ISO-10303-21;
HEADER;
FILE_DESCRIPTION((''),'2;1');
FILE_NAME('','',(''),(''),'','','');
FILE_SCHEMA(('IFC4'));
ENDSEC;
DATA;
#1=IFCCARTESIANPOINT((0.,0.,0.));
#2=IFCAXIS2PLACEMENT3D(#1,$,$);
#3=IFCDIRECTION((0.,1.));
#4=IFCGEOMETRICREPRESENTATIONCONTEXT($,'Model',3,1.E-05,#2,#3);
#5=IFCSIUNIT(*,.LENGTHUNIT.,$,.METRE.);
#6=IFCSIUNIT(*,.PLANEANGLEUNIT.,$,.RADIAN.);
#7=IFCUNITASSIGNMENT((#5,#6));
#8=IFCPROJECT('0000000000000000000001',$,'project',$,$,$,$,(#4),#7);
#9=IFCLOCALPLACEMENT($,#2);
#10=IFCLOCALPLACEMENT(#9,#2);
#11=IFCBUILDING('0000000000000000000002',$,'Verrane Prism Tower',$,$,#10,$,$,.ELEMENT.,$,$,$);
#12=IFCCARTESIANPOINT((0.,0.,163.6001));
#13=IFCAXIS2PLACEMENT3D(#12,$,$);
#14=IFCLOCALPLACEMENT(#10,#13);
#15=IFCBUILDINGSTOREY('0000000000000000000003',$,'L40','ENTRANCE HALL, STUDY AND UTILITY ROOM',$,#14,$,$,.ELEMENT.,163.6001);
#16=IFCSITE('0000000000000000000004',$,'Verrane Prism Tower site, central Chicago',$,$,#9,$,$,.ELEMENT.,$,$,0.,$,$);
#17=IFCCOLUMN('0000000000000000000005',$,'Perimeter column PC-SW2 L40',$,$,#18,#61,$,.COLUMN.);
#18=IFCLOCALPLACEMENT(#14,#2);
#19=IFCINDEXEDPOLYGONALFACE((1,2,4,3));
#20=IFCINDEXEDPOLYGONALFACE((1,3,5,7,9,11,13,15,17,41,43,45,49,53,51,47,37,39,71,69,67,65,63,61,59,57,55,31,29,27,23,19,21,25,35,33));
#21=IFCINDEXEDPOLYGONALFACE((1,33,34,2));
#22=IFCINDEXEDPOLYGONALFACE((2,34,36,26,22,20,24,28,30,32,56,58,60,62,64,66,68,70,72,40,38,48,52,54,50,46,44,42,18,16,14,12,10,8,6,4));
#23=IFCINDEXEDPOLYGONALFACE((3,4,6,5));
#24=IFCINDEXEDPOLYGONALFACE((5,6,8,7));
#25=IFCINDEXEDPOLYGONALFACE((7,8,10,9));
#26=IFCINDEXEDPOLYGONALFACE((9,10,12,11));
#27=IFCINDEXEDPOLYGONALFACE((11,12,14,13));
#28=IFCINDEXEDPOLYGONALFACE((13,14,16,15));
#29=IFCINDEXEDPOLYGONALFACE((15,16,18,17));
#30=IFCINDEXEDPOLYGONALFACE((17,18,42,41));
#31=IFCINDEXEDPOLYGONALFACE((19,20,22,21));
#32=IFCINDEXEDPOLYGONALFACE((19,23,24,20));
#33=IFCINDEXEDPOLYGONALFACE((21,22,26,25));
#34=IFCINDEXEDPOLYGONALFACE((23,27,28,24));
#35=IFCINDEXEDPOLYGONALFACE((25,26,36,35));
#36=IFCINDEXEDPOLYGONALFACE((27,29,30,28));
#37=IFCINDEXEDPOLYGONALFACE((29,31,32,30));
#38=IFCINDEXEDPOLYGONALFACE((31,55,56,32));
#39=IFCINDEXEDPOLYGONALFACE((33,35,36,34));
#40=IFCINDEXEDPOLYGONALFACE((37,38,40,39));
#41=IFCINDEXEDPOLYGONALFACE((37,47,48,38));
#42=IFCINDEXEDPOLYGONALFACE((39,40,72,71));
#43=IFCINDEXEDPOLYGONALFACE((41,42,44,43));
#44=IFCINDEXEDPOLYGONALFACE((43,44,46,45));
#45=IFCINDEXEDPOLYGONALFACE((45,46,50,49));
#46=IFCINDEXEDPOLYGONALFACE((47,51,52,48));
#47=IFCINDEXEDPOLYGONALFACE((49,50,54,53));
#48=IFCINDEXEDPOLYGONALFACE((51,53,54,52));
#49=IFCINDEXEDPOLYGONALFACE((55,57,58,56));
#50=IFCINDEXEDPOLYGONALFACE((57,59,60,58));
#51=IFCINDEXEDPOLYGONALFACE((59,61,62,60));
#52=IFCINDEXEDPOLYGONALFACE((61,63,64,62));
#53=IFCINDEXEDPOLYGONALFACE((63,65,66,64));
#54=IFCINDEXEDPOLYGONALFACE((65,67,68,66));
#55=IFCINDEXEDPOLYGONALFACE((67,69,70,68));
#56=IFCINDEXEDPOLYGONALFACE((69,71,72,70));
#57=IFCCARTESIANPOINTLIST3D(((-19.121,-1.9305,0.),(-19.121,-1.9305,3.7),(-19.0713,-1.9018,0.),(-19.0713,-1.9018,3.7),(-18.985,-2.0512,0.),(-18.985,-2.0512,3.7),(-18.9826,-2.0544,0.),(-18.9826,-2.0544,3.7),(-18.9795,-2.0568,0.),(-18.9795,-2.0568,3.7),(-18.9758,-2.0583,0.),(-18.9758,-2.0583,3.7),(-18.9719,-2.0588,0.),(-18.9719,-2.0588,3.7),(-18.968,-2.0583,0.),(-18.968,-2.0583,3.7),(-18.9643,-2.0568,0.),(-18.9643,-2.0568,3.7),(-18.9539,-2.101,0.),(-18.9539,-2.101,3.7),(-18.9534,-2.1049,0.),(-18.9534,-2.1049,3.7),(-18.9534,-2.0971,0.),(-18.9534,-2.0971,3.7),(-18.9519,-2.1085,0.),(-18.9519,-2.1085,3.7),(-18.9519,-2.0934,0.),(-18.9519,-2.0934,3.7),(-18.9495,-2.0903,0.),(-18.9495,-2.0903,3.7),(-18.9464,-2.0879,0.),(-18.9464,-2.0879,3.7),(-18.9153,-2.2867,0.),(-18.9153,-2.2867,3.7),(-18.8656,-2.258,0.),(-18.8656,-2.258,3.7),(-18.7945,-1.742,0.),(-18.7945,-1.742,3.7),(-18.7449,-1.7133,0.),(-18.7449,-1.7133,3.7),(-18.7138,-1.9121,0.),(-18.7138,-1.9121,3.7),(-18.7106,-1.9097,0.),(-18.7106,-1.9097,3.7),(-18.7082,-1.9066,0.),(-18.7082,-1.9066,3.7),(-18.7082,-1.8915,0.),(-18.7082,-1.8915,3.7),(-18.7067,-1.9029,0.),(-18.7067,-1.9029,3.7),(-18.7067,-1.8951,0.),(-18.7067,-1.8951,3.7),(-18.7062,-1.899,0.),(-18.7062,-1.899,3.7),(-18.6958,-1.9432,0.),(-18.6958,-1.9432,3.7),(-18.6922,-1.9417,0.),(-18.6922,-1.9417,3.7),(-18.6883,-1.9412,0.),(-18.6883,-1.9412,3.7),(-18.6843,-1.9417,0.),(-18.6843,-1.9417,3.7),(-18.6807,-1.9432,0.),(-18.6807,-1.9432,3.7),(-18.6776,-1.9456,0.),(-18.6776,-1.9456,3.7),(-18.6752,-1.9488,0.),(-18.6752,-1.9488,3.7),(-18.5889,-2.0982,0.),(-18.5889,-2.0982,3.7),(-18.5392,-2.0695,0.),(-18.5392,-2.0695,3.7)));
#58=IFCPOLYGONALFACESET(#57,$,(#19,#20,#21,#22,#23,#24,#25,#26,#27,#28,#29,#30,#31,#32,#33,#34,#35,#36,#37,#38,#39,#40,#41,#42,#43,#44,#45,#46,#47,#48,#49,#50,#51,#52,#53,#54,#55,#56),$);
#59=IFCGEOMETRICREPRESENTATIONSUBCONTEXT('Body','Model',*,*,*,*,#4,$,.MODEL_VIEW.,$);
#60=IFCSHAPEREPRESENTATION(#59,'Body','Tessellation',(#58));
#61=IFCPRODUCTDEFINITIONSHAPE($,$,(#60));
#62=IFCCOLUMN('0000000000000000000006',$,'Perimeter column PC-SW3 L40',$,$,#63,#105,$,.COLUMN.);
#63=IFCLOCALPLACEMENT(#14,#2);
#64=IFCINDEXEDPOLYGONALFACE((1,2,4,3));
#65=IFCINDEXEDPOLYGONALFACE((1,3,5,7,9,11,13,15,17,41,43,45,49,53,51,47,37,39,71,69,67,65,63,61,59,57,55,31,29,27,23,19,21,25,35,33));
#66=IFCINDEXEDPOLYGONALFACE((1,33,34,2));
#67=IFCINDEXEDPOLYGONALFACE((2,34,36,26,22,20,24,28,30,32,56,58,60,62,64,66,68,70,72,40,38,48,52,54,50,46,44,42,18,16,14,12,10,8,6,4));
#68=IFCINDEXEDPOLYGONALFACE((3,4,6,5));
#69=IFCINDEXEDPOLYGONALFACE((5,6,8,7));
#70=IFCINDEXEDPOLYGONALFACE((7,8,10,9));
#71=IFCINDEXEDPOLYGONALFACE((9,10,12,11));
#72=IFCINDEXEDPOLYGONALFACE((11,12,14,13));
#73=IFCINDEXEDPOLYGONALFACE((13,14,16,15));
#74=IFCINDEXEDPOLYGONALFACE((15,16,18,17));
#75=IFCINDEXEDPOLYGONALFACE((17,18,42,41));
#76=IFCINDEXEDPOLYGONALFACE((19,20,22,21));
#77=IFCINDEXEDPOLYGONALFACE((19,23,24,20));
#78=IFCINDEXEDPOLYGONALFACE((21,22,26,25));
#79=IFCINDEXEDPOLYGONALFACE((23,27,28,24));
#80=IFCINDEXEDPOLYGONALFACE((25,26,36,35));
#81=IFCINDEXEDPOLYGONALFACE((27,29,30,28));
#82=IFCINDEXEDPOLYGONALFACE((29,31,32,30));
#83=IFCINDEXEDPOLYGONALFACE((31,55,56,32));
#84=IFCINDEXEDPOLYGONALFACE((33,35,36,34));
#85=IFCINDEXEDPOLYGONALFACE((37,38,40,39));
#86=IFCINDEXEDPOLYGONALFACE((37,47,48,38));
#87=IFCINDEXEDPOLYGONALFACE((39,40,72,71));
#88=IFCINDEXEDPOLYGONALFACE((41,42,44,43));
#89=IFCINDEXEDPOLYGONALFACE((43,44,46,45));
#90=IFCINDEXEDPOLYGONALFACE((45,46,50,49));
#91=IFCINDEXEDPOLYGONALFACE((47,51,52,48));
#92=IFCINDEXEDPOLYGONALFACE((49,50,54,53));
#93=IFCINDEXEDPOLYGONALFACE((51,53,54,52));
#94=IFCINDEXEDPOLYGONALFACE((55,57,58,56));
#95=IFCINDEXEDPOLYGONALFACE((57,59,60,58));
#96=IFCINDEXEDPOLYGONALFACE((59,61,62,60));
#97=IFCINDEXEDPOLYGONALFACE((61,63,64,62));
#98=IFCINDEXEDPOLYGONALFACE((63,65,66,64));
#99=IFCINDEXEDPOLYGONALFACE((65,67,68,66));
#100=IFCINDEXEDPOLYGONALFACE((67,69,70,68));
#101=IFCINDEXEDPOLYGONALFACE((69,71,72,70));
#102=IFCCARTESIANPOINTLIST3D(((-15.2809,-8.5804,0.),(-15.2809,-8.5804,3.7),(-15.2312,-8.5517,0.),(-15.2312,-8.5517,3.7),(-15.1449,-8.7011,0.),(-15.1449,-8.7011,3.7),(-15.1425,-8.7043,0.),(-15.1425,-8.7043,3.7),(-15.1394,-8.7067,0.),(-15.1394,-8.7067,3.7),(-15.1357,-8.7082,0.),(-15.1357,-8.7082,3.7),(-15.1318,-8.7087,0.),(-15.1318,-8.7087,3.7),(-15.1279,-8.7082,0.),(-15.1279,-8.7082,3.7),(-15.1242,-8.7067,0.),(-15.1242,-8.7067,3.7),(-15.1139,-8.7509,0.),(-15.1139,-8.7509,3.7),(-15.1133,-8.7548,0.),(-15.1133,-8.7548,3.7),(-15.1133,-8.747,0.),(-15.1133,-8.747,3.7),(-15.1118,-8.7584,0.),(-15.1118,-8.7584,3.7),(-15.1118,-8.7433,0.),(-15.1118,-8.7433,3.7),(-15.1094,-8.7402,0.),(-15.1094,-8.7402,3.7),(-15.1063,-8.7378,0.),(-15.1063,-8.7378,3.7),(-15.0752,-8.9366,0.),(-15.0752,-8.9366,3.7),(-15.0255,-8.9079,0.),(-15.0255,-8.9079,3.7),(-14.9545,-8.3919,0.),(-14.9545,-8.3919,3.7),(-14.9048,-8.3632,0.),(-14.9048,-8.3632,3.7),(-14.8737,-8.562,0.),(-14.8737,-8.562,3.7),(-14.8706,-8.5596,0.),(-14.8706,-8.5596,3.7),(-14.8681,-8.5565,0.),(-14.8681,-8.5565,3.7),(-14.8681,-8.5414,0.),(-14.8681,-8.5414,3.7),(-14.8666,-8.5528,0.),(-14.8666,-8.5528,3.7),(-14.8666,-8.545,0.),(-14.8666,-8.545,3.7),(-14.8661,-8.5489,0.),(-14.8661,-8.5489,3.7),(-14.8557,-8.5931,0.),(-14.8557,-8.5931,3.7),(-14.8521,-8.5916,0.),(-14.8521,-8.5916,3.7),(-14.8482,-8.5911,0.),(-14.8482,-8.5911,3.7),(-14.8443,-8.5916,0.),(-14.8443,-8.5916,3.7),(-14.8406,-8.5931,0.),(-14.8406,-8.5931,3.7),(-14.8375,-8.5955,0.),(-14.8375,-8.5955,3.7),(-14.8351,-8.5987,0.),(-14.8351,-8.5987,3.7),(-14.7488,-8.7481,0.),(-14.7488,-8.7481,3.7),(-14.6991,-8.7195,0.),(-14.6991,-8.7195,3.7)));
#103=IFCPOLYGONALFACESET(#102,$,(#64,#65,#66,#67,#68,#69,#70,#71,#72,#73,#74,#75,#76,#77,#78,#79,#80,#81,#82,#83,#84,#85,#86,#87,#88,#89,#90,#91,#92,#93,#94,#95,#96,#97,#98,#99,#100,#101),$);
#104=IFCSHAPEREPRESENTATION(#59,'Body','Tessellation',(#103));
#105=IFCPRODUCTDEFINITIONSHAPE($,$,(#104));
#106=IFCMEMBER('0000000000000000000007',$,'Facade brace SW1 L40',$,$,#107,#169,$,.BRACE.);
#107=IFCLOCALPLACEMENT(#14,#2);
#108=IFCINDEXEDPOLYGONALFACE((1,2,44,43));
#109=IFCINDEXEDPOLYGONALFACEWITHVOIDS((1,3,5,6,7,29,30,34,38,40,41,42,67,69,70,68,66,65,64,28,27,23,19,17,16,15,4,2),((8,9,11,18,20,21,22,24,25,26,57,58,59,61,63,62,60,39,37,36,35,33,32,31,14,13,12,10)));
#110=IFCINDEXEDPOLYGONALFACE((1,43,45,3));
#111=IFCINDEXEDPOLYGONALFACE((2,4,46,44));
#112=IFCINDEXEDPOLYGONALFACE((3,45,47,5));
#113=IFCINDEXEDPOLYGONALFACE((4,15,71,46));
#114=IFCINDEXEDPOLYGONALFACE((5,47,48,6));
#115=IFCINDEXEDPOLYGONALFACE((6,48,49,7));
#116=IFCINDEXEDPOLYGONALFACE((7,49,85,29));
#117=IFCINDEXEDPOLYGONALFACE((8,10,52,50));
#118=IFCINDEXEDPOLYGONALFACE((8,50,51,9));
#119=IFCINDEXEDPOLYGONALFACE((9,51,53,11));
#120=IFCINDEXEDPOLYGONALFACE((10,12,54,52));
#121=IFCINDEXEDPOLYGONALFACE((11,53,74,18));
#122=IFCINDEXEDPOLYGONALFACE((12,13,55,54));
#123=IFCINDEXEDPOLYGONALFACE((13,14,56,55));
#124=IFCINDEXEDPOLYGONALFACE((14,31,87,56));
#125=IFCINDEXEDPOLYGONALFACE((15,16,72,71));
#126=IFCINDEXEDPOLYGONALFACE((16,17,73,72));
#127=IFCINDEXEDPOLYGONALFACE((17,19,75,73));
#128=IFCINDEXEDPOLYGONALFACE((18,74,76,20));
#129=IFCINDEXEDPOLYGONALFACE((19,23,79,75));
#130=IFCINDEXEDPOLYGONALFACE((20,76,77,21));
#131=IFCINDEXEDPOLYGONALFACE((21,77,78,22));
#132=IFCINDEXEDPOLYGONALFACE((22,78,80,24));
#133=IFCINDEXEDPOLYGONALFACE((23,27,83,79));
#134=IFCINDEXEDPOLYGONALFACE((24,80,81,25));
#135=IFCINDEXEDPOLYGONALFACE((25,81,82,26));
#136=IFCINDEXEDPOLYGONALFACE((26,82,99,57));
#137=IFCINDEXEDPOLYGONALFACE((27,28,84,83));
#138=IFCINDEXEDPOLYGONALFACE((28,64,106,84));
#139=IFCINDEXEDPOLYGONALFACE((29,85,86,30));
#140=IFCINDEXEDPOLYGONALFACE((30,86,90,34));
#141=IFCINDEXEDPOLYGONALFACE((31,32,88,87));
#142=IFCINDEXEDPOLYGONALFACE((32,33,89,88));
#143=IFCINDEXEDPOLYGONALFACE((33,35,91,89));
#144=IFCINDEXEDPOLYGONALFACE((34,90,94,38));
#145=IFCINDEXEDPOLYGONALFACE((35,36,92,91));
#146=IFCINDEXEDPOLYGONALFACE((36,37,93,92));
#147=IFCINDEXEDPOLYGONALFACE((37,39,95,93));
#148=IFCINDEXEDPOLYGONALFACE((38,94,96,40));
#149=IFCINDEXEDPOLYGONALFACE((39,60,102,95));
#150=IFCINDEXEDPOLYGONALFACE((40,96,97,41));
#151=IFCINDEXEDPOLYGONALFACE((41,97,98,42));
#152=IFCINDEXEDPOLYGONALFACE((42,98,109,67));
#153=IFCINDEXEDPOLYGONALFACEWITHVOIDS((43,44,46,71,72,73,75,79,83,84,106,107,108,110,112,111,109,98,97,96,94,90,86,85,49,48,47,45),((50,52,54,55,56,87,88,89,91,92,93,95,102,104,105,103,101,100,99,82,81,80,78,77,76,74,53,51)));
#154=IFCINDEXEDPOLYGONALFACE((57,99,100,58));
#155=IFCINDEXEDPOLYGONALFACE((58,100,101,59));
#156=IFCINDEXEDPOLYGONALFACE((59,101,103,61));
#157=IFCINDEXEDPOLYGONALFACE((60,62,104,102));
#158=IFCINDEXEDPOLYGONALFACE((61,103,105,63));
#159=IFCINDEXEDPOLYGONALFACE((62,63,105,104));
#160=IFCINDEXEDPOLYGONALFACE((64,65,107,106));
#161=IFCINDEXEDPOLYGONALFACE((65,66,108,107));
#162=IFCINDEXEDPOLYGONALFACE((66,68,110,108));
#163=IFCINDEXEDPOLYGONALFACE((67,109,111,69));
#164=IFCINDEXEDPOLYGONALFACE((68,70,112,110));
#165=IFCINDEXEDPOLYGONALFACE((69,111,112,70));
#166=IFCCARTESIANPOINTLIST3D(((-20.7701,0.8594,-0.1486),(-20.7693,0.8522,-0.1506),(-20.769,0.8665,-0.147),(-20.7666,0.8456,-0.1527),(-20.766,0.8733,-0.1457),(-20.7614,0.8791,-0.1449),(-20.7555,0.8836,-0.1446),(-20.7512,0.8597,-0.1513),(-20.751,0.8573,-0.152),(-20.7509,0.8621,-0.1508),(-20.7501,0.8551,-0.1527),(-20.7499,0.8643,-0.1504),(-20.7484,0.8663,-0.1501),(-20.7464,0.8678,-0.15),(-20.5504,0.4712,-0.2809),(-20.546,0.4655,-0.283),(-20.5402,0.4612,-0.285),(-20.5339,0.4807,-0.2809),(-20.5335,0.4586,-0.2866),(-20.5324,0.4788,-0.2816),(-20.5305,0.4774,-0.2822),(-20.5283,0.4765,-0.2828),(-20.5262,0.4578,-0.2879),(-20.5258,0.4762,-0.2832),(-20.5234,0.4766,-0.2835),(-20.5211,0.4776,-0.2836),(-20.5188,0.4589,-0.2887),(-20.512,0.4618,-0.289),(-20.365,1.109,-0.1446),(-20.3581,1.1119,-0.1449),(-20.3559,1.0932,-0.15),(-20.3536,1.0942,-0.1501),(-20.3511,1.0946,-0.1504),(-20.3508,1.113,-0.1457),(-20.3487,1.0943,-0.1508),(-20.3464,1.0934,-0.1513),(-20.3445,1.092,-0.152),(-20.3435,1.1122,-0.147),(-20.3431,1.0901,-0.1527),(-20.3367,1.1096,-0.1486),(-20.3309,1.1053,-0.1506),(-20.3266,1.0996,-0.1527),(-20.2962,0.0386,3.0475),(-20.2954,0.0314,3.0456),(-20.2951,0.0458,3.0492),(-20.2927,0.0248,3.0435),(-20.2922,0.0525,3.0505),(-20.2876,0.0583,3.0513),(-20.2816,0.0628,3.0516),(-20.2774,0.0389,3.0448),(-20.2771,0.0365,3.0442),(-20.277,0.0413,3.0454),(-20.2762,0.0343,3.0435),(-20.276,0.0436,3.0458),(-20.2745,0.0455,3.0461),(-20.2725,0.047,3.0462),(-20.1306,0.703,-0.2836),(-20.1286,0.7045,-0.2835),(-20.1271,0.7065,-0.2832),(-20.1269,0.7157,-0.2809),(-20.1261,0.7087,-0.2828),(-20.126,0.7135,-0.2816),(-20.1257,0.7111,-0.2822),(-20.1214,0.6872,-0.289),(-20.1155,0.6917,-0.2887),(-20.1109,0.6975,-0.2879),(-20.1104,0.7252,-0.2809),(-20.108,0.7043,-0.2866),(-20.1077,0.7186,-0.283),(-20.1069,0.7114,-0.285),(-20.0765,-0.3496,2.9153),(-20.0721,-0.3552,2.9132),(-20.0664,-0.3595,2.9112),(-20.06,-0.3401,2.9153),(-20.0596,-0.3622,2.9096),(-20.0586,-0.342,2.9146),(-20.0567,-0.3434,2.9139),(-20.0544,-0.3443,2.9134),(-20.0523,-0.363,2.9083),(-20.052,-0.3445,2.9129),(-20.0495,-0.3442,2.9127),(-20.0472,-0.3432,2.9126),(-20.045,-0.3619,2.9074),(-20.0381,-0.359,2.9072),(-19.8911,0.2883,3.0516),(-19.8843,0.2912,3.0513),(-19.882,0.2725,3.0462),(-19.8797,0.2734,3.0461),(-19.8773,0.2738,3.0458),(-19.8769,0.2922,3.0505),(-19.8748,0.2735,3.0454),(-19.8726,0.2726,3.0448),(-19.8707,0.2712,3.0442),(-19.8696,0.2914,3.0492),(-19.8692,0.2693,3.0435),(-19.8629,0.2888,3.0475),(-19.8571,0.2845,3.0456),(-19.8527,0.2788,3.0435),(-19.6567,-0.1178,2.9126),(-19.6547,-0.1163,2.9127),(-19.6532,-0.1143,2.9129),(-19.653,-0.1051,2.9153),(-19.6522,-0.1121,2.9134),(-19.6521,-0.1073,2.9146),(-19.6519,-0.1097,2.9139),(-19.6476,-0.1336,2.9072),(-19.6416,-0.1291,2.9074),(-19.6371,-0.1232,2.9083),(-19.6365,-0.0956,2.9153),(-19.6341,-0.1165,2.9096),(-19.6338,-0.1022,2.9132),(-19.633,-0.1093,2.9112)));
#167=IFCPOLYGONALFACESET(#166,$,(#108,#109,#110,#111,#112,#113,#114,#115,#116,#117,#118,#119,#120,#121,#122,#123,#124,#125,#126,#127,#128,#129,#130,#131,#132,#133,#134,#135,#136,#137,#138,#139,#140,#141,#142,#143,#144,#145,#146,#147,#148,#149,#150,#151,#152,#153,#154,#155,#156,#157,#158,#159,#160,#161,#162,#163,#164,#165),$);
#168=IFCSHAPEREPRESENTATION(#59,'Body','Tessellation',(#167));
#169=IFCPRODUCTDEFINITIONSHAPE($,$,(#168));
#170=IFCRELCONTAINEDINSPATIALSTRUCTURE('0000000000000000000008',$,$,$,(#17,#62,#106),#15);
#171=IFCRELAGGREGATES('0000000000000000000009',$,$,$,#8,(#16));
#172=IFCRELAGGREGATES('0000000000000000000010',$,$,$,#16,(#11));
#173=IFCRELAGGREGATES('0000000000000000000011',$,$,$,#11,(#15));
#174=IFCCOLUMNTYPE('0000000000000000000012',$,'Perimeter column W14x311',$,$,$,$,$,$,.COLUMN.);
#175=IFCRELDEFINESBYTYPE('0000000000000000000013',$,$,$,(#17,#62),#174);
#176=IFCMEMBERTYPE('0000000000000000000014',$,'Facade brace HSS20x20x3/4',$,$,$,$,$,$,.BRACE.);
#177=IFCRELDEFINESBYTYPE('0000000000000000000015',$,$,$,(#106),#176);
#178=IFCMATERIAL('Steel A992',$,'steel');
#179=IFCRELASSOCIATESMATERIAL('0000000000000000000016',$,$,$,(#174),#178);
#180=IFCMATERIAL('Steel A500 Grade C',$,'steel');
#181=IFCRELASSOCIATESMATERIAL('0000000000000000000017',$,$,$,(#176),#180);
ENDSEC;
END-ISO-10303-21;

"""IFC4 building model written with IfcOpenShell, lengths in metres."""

from ifc_helpers import new_model, si_unit, direction, frame, origin, origin_2d, place, context, subcontext, project, spatial, hollow_rectangle, i_section, extrude, material, material_profile, profile_set, type_object, element, save


model = new_model("IFC4")

# Units and contexts
model_context = context("Model", 3, precision=1e-05, world=origin(), true_north=direction((0.0, 1.0)))
body_context = subcontext(model_context, "Body", "Model", "MODEL_VIEW")
ifc_project = project(units=[si_unit("LENGTHUNIT", "METRE"), si_unit("PLANEANGLEUNIT", "RADIAN")], contexts=[model_context])

# Site, building, storey
site_placement = place(None, origin())
site = spatial("IfcSite", under=ifc_project, at=site_placement, Name="Verrane Prism Tower site, central Chicago", CompositionType="ELEMENT", RefElevation=0.0)
building_placement = place(site_placement, origin())
building = spatial("IfcBuilding", under=site, at=building_placement, Name="Verrane Prism Tower", CompositionType="ELEMENT")
storey_placement = place(building_placement, frame((0.0, 0.0, 163.6001)))
storey = spatial("IfcBuildingStorey", under=building, at=storey_placement, Name="L40", Description="ENTRANCE HALL, STUDY AND UTILITY ROOM", CompositionType="ELEMENT", Elevation=163.6001)

# Columns
ifc_material_1 = material(Name="Steel A992", Category="steel")
ifc_material_profile_1 = material_profile(ifc_material_1, i_section(OverallWidth=0.4114, OverallDepth=0.4343, WebThickness=0.0359, FlangeThickness=0.0574, FilletRadius=0.0151, at=origin_2d()), Name="W14x311")
ifc_profile_set_1 = profile_set([ifc_material_profile_1], Name="Steel A992")
column_type = type_object("IfcColumnType", Name="Perimeter column W14x311", PredefinedType="COLUMN", material=ifc_profile_set_1)
for number, where, z_axis, x_axis, name in (
    (1, (-18.8301, -2.0, 0.0), (0.0, 0.0, 1.0), (-0.5, 0.866025, 0.0), "Perimeter column PC-SW2 L40"),
    (2, (-14.99, -8.6499, 0.0), (0.0, 0.0, 1.0), (-0.5, 0.866025, 0.0), "Perimeter column PC-SW3 L40"),
):
    element("IfcColumn", number, at=place(storey_placement, frame(where, z_axis=z_axis, x_axis=x_axis)), inside=storey, type_object=column_type, Name=name, PredefinedType="COLUMN", context=body_context, shape_type="SweptSolid", body=[
        extrude(i_section(OverallWidth=0.4114, OverallDepth=0.4343, WebThickness=0.0359, FlangeThickness=0.0574, FilletRadius=0.0151, at=origin_2d()), origin(), (0.0, 0.0, 1.0), 3.7),
    ])

# Member
ifc_material_2 = material(Name="Steel A500 Grade C", Category="steel")
ifc_material_profile_2 = material_profile(ifc_material_2, hollow_rectangle(XDim=0.5081, YDim=0.5081, WallThickness=0.019, InnerFilletRadius=0.0095, OuterFilletRadius=0.0286, at=origin_2d()), Name="HSS20x20x3/4")
ifc_profile_set_2 = profile_set([ifc_material_profile_2], Name="Steel A500 Grade C")
member_type_1 = type_object("IfcMemberType", Name="Facade brace HSS20x20x3/4", PredefinedType="BRACE", material=ifc_profile_set_2)
for number, where, z_axis, x_axis, name in (
    (3, (-20.4385, 0.7854, -0.2168), (0.142141, -0.246202, 0.958739), (0.866031, 0.49999, 0.0), "Facade brace SW1 L40"),
):
    element("IfcMember", number, at=place(storey_placement, frame(where, z_axis=z_axis, x_axis=x_axis)), inside=storey, type_object=member_type_1, Name=name, PredefinedType="BRACE", context=body_context, shape_type="SweptSolid", body=[
        extrude(hollow_rectangle(XDim=0.5081, YDim=0.5081, WallThickness=0.019, InnerFilletRadius=0.0095, OuterFilletRadius=0.0286, at=origin_2d()), origin(), (0.0, 0.0, 1.0), 3.3337),
    ])

save(model, "model.ifc")
